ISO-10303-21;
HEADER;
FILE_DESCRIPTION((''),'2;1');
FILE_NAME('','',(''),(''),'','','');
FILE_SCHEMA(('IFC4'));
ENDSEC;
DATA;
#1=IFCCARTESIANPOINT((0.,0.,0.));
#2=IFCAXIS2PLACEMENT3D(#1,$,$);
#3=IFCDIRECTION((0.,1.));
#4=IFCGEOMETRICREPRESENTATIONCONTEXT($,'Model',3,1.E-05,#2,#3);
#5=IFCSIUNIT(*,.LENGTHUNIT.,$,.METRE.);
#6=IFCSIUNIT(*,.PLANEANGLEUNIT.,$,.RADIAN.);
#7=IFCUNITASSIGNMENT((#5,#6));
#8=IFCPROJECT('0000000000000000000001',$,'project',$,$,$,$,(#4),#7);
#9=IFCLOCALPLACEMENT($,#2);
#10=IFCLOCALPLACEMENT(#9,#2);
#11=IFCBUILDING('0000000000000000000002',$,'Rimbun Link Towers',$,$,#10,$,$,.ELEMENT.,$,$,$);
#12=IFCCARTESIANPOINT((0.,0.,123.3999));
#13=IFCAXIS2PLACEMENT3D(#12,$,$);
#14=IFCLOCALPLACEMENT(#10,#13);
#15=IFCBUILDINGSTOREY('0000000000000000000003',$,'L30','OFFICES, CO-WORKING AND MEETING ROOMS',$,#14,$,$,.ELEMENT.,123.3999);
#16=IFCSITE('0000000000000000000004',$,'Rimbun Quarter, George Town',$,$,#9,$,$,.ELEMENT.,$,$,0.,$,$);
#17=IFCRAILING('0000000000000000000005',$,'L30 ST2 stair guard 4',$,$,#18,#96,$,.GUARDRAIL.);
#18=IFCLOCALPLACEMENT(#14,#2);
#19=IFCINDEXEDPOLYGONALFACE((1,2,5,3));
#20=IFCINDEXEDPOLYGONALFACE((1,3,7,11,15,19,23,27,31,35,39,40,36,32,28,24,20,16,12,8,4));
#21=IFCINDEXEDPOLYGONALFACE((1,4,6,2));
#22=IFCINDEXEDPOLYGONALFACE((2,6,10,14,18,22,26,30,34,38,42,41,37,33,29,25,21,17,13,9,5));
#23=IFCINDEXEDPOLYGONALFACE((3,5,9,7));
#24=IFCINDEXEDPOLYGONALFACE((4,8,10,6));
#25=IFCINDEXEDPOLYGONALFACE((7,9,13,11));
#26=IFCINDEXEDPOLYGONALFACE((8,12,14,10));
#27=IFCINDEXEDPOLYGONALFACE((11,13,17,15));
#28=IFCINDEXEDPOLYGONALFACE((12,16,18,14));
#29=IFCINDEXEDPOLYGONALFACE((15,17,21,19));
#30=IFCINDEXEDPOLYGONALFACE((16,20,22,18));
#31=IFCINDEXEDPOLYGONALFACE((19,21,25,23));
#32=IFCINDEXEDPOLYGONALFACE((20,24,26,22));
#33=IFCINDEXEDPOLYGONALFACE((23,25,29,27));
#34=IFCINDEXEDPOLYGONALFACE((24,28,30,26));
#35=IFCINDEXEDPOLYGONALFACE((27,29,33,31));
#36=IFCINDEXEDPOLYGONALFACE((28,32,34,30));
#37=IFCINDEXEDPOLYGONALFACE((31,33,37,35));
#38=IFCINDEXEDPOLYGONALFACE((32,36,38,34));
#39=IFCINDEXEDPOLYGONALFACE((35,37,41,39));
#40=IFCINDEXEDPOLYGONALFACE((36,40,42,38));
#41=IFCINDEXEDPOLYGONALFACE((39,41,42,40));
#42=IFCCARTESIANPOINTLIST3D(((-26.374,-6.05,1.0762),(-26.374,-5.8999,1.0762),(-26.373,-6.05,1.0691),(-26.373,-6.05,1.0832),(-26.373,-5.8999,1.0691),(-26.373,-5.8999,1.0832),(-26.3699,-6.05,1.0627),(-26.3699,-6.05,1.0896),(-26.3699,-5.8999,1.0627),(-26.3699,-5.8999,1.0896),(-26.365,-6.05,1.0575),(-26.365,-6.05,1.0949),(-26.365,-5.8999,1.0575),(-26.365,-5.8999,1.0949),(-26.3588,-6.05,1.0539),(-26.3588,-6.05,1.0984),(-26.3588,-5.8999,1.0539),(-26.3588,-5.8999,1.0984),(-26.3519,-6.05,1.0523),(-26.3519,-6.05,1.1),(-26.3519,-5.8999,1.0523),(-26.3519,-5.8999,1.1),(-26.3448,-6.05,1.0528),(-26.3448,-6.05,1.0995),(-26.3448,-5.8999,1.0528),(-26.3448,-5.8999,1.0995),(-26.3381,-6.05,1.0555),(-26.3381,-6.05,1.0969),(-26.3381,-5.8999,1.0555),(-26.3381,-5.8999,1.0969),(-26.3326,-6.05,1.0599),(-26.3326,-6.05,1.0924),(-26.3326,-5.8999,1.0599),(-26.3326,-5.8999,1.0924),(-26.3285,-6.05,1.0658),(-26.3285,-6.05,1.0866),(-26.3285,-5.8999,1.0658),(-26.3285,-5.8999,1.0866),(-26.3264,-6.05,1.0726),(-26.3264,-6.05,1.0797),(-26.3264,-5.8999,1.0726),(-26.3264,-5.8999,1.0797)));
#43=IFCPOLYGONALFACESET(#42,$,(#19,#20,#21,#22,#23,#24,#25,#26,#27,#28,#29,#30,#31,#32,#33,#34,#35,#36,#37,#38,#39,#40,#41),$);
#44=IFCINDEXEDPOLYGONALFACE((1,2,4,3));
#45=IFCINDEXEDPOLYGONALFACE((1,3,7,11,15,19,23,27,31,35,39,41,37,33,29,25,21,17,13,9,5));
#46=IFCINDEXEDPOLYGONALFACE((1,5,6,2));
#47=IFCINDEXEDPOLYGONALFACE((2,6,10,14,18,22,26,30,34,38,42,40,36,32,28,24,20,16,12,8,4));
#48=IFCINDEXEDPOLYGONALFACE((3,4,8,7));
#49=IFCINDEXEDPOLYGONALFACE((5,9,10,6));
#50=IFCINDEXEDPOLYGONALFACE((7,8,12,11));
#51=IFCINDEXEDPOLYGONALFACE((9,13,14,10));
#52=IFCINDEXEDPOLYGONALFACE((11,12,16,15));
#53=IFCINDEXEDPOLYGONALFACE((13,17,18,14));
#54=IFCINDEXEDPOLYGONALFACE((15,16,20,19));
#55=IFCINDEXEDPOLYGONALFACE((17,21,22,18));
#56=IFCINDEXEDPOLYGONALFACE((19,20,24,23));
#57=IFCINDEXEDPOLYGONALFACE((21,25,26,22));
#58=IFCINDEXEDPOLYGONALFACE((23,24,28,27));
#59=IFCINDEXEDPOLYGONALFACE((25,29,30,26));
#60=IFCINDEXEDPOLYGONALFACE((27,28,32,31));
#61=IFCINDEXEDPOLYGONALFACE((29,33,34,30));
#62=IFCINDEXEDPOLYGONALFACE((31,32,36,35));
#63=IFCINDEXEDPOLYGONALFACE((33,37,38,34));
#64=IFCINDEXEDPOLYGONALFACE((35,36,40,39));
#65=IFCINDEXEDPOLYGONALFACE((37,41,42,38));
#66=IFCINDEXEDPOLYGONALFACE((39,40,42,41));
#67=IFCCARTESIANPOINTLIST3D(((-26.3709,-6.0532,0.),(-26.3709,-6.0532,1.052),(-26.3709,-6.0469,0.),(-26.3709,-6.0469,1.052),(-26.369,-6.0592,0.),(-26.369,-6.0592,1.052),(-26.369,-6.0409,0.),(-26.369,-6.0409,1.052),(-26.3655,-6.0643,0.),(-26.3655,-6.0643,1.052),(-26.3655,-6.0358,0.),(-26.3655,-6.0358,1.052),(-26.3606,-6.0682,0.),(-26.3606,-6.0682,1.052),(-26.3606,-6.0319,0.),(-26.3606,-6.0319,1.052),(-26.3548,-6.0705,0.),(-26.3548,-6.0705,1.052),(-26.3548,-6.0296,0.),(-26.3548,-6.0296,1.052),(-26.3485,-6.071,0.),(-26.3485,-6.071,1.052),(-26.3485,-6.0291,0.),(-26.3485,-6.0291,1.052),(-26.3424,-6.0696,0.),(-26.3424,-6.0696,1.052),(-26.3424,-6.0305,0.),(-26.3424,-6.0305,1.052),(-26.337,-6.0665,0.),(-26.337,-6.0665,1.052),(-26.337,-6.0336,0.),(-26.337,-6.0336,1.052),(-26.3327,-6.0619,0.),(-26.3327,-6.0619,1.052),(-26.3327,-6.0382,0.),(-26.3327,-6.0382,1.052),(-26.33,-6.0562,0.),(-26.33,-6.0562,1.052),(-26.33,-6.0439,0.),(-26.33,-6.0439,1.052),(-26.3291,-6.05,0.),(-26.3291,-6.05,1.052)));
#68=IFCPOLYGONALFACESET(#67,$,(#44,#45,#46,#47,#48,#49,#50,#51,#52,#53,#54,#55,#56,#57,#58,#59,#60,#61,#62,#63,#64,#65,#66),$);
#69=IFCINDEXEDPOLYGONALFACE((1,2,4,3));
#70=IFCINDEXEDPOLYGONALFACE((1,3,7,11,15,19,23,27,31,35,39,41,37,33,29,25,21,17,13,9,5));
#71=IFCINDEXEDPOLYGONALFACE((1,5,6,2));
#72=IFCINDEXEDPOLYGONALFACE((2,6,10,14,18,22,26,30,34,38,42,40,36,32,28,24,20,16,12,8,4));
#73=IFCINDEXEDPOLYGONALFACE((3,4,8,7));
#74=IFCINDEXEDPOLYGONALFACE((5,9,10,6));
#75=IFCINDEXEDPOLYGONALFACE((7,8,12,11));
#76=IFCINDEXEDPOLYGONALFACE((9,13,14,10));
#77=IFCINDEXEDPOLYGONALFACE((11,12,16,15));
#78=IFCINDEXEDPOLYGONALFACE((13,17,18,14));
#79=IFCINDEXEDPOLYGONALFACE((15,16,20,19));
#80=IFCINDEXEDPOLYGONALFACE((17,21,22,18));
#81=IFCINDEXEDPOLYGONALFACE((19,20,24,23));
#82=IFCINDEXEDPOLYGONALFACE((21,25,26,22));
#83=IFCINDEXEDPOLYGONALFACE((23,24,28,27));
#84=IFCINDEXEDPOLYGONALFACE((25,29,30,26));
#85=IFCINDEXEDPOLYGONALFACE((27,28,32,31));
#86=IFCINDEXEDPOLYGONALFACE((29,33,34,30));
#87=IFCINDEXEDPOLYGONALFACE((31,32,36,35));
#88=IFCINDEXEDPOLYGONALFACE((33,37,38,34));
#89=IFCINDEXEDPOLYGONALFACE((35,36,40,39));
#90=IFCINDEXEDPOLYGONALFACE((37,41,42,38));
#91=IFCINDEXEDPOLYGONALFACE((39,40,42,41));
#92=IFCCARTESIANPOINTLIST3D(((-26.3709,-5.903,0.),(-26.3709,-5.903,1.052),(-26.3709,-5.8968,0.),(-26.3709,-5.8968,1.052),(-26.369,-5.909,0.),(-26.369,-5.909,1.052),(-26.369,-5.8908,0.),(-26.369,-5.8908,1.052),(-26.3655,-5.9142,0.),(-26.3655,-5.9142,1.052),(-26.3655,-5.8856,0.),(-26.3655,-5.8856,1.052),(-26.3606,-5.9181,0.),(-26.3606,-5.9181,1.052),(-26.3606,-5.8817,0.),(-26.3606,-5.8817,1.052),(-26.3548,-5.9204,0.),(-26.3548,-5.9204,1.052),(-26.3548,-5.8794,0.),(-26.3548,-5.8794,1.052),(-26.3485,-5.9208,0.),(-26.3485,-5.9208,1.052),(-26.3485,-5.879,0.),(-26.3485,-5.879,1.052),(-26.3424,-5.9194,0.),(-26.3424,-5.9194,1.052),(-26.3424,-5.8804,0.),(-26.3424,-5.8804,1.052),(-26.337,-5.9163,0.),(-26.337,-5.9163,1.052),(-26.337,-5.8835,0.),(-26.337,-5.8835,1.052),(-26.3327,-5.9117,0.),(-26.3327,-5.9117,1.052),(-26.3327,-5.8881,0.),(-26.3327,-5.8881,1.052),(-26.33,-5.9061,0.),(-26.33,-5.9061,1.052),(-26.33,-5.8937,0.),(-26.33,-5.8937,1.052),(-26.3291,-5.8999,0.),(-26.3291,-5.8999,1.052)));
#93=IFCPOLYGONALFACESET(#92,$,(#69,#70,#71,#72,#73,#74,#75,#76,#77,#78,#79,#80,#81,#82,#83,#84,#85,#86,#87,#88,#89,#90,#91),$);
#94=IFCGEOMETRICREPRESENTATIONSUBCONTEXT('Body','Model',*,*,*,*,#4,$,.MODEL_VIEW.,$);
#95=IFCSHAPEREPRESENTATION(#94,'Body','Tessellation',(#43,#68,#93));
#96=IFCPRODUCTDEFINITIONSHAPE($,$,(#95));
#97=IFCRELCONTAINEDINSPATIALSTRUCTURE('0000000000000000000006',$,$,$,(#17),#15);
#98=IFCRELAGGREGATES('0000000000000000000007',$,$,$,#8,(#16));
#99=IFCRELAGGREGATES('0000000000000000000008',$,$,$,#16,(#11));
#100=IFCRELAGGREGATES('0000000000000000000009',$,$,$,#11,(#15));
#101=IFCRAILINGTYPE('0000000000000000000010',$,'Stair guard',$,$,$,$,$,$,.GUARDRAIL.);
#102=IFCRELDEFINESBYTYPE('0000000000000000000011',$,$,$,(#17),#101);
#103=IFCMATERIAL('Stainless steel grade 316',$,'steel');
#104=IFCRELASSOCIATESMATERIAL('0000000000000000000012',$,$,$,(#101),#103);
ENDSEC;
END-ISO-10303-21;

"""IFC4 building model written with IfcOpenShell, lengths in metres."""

from ifc_helpers import new_model, si_unit, direction, frame, origin, origin_2d, place, context, subcontext, project, spatial, circle, extrude, material, type_object, element, save


model = new_model("IFC4")

# Units and contexts
model_context = context("Model", 3, precision=1e-05, world=origin(), true_north=direction((0.0, 1.0)))
body_context = subcontext(model_context, "Body", "Model", "MODEL_VIEW")
ifc_project = project(units=[si_unit("LENGTHUNIT", "METRE"), si_unit("PLANEANGLEUNIT", "RADIAN")], contexts=[model_context])

# Site, building, storey
site_placement = place(None, origin())
site = spatial("IfcSite", under=ifc_project, at=site_placement, Name="Rimbun Quarter, George Town", CompositionType="ELEMENT", RefElevation=0.0)
building_placement = place(site_placement, origin())
building = spatial("IfcBuilding", under=site, at=building_placement, Name="Rimbun Link Towers", CompositionType="ELEMENT")
storey_placement = place(building_placement, frame((0.0, 0.0, 123.3999)))
storey = spatial("IfcBuildingStorey", under=building, at=storey_placement, Name="L30", Description="OFFICES, CO-WORKING AND MEETING ROOMS", CompositionType="ELEMENT", Elevation=123.3999)

# Railing
ifc_material_1 = material(Name="Stainless steel grade 316", Category="steel")
railing_type_1 = type_object("IfcRailingType", Name="Stair guard", PredefinedType="GUARDRAIL", material=ifc_material_1)
railing_1_placement = place(storey_placement, frame((-26.3501, -6.05, 0.0)))
element("IfcRailing", 1, at=railing_1_placement, inside=storey, type_object=railing_type_1, Name="L30 ST2 stair guard 4", PredefinedType="GUARDRAIL", context=body_context, shape_type="SweptSolid", body=[
    extrude(circle(Radius=0.0239, at=origin_2d()), frame((0.0, 0.0, 1.0762), z_axis=(0.0, 1.0, 0.0), x_axis=(-1.0, 0.0, 0.0)), (0.0, 0.0, 1.0), 0.1501),
    extrude(circle(Radius=0.021, at=origin_2d()), origin(), (0.0, 0.0, 1.0), 1.052),
    extrude(circle(Radius=0.021, at=origin_2d()), frame((0.0, 0.1501, 0.0)), (0.0, 0.0, 1.0), 1.052),
])

save(model, "model.ifc")
